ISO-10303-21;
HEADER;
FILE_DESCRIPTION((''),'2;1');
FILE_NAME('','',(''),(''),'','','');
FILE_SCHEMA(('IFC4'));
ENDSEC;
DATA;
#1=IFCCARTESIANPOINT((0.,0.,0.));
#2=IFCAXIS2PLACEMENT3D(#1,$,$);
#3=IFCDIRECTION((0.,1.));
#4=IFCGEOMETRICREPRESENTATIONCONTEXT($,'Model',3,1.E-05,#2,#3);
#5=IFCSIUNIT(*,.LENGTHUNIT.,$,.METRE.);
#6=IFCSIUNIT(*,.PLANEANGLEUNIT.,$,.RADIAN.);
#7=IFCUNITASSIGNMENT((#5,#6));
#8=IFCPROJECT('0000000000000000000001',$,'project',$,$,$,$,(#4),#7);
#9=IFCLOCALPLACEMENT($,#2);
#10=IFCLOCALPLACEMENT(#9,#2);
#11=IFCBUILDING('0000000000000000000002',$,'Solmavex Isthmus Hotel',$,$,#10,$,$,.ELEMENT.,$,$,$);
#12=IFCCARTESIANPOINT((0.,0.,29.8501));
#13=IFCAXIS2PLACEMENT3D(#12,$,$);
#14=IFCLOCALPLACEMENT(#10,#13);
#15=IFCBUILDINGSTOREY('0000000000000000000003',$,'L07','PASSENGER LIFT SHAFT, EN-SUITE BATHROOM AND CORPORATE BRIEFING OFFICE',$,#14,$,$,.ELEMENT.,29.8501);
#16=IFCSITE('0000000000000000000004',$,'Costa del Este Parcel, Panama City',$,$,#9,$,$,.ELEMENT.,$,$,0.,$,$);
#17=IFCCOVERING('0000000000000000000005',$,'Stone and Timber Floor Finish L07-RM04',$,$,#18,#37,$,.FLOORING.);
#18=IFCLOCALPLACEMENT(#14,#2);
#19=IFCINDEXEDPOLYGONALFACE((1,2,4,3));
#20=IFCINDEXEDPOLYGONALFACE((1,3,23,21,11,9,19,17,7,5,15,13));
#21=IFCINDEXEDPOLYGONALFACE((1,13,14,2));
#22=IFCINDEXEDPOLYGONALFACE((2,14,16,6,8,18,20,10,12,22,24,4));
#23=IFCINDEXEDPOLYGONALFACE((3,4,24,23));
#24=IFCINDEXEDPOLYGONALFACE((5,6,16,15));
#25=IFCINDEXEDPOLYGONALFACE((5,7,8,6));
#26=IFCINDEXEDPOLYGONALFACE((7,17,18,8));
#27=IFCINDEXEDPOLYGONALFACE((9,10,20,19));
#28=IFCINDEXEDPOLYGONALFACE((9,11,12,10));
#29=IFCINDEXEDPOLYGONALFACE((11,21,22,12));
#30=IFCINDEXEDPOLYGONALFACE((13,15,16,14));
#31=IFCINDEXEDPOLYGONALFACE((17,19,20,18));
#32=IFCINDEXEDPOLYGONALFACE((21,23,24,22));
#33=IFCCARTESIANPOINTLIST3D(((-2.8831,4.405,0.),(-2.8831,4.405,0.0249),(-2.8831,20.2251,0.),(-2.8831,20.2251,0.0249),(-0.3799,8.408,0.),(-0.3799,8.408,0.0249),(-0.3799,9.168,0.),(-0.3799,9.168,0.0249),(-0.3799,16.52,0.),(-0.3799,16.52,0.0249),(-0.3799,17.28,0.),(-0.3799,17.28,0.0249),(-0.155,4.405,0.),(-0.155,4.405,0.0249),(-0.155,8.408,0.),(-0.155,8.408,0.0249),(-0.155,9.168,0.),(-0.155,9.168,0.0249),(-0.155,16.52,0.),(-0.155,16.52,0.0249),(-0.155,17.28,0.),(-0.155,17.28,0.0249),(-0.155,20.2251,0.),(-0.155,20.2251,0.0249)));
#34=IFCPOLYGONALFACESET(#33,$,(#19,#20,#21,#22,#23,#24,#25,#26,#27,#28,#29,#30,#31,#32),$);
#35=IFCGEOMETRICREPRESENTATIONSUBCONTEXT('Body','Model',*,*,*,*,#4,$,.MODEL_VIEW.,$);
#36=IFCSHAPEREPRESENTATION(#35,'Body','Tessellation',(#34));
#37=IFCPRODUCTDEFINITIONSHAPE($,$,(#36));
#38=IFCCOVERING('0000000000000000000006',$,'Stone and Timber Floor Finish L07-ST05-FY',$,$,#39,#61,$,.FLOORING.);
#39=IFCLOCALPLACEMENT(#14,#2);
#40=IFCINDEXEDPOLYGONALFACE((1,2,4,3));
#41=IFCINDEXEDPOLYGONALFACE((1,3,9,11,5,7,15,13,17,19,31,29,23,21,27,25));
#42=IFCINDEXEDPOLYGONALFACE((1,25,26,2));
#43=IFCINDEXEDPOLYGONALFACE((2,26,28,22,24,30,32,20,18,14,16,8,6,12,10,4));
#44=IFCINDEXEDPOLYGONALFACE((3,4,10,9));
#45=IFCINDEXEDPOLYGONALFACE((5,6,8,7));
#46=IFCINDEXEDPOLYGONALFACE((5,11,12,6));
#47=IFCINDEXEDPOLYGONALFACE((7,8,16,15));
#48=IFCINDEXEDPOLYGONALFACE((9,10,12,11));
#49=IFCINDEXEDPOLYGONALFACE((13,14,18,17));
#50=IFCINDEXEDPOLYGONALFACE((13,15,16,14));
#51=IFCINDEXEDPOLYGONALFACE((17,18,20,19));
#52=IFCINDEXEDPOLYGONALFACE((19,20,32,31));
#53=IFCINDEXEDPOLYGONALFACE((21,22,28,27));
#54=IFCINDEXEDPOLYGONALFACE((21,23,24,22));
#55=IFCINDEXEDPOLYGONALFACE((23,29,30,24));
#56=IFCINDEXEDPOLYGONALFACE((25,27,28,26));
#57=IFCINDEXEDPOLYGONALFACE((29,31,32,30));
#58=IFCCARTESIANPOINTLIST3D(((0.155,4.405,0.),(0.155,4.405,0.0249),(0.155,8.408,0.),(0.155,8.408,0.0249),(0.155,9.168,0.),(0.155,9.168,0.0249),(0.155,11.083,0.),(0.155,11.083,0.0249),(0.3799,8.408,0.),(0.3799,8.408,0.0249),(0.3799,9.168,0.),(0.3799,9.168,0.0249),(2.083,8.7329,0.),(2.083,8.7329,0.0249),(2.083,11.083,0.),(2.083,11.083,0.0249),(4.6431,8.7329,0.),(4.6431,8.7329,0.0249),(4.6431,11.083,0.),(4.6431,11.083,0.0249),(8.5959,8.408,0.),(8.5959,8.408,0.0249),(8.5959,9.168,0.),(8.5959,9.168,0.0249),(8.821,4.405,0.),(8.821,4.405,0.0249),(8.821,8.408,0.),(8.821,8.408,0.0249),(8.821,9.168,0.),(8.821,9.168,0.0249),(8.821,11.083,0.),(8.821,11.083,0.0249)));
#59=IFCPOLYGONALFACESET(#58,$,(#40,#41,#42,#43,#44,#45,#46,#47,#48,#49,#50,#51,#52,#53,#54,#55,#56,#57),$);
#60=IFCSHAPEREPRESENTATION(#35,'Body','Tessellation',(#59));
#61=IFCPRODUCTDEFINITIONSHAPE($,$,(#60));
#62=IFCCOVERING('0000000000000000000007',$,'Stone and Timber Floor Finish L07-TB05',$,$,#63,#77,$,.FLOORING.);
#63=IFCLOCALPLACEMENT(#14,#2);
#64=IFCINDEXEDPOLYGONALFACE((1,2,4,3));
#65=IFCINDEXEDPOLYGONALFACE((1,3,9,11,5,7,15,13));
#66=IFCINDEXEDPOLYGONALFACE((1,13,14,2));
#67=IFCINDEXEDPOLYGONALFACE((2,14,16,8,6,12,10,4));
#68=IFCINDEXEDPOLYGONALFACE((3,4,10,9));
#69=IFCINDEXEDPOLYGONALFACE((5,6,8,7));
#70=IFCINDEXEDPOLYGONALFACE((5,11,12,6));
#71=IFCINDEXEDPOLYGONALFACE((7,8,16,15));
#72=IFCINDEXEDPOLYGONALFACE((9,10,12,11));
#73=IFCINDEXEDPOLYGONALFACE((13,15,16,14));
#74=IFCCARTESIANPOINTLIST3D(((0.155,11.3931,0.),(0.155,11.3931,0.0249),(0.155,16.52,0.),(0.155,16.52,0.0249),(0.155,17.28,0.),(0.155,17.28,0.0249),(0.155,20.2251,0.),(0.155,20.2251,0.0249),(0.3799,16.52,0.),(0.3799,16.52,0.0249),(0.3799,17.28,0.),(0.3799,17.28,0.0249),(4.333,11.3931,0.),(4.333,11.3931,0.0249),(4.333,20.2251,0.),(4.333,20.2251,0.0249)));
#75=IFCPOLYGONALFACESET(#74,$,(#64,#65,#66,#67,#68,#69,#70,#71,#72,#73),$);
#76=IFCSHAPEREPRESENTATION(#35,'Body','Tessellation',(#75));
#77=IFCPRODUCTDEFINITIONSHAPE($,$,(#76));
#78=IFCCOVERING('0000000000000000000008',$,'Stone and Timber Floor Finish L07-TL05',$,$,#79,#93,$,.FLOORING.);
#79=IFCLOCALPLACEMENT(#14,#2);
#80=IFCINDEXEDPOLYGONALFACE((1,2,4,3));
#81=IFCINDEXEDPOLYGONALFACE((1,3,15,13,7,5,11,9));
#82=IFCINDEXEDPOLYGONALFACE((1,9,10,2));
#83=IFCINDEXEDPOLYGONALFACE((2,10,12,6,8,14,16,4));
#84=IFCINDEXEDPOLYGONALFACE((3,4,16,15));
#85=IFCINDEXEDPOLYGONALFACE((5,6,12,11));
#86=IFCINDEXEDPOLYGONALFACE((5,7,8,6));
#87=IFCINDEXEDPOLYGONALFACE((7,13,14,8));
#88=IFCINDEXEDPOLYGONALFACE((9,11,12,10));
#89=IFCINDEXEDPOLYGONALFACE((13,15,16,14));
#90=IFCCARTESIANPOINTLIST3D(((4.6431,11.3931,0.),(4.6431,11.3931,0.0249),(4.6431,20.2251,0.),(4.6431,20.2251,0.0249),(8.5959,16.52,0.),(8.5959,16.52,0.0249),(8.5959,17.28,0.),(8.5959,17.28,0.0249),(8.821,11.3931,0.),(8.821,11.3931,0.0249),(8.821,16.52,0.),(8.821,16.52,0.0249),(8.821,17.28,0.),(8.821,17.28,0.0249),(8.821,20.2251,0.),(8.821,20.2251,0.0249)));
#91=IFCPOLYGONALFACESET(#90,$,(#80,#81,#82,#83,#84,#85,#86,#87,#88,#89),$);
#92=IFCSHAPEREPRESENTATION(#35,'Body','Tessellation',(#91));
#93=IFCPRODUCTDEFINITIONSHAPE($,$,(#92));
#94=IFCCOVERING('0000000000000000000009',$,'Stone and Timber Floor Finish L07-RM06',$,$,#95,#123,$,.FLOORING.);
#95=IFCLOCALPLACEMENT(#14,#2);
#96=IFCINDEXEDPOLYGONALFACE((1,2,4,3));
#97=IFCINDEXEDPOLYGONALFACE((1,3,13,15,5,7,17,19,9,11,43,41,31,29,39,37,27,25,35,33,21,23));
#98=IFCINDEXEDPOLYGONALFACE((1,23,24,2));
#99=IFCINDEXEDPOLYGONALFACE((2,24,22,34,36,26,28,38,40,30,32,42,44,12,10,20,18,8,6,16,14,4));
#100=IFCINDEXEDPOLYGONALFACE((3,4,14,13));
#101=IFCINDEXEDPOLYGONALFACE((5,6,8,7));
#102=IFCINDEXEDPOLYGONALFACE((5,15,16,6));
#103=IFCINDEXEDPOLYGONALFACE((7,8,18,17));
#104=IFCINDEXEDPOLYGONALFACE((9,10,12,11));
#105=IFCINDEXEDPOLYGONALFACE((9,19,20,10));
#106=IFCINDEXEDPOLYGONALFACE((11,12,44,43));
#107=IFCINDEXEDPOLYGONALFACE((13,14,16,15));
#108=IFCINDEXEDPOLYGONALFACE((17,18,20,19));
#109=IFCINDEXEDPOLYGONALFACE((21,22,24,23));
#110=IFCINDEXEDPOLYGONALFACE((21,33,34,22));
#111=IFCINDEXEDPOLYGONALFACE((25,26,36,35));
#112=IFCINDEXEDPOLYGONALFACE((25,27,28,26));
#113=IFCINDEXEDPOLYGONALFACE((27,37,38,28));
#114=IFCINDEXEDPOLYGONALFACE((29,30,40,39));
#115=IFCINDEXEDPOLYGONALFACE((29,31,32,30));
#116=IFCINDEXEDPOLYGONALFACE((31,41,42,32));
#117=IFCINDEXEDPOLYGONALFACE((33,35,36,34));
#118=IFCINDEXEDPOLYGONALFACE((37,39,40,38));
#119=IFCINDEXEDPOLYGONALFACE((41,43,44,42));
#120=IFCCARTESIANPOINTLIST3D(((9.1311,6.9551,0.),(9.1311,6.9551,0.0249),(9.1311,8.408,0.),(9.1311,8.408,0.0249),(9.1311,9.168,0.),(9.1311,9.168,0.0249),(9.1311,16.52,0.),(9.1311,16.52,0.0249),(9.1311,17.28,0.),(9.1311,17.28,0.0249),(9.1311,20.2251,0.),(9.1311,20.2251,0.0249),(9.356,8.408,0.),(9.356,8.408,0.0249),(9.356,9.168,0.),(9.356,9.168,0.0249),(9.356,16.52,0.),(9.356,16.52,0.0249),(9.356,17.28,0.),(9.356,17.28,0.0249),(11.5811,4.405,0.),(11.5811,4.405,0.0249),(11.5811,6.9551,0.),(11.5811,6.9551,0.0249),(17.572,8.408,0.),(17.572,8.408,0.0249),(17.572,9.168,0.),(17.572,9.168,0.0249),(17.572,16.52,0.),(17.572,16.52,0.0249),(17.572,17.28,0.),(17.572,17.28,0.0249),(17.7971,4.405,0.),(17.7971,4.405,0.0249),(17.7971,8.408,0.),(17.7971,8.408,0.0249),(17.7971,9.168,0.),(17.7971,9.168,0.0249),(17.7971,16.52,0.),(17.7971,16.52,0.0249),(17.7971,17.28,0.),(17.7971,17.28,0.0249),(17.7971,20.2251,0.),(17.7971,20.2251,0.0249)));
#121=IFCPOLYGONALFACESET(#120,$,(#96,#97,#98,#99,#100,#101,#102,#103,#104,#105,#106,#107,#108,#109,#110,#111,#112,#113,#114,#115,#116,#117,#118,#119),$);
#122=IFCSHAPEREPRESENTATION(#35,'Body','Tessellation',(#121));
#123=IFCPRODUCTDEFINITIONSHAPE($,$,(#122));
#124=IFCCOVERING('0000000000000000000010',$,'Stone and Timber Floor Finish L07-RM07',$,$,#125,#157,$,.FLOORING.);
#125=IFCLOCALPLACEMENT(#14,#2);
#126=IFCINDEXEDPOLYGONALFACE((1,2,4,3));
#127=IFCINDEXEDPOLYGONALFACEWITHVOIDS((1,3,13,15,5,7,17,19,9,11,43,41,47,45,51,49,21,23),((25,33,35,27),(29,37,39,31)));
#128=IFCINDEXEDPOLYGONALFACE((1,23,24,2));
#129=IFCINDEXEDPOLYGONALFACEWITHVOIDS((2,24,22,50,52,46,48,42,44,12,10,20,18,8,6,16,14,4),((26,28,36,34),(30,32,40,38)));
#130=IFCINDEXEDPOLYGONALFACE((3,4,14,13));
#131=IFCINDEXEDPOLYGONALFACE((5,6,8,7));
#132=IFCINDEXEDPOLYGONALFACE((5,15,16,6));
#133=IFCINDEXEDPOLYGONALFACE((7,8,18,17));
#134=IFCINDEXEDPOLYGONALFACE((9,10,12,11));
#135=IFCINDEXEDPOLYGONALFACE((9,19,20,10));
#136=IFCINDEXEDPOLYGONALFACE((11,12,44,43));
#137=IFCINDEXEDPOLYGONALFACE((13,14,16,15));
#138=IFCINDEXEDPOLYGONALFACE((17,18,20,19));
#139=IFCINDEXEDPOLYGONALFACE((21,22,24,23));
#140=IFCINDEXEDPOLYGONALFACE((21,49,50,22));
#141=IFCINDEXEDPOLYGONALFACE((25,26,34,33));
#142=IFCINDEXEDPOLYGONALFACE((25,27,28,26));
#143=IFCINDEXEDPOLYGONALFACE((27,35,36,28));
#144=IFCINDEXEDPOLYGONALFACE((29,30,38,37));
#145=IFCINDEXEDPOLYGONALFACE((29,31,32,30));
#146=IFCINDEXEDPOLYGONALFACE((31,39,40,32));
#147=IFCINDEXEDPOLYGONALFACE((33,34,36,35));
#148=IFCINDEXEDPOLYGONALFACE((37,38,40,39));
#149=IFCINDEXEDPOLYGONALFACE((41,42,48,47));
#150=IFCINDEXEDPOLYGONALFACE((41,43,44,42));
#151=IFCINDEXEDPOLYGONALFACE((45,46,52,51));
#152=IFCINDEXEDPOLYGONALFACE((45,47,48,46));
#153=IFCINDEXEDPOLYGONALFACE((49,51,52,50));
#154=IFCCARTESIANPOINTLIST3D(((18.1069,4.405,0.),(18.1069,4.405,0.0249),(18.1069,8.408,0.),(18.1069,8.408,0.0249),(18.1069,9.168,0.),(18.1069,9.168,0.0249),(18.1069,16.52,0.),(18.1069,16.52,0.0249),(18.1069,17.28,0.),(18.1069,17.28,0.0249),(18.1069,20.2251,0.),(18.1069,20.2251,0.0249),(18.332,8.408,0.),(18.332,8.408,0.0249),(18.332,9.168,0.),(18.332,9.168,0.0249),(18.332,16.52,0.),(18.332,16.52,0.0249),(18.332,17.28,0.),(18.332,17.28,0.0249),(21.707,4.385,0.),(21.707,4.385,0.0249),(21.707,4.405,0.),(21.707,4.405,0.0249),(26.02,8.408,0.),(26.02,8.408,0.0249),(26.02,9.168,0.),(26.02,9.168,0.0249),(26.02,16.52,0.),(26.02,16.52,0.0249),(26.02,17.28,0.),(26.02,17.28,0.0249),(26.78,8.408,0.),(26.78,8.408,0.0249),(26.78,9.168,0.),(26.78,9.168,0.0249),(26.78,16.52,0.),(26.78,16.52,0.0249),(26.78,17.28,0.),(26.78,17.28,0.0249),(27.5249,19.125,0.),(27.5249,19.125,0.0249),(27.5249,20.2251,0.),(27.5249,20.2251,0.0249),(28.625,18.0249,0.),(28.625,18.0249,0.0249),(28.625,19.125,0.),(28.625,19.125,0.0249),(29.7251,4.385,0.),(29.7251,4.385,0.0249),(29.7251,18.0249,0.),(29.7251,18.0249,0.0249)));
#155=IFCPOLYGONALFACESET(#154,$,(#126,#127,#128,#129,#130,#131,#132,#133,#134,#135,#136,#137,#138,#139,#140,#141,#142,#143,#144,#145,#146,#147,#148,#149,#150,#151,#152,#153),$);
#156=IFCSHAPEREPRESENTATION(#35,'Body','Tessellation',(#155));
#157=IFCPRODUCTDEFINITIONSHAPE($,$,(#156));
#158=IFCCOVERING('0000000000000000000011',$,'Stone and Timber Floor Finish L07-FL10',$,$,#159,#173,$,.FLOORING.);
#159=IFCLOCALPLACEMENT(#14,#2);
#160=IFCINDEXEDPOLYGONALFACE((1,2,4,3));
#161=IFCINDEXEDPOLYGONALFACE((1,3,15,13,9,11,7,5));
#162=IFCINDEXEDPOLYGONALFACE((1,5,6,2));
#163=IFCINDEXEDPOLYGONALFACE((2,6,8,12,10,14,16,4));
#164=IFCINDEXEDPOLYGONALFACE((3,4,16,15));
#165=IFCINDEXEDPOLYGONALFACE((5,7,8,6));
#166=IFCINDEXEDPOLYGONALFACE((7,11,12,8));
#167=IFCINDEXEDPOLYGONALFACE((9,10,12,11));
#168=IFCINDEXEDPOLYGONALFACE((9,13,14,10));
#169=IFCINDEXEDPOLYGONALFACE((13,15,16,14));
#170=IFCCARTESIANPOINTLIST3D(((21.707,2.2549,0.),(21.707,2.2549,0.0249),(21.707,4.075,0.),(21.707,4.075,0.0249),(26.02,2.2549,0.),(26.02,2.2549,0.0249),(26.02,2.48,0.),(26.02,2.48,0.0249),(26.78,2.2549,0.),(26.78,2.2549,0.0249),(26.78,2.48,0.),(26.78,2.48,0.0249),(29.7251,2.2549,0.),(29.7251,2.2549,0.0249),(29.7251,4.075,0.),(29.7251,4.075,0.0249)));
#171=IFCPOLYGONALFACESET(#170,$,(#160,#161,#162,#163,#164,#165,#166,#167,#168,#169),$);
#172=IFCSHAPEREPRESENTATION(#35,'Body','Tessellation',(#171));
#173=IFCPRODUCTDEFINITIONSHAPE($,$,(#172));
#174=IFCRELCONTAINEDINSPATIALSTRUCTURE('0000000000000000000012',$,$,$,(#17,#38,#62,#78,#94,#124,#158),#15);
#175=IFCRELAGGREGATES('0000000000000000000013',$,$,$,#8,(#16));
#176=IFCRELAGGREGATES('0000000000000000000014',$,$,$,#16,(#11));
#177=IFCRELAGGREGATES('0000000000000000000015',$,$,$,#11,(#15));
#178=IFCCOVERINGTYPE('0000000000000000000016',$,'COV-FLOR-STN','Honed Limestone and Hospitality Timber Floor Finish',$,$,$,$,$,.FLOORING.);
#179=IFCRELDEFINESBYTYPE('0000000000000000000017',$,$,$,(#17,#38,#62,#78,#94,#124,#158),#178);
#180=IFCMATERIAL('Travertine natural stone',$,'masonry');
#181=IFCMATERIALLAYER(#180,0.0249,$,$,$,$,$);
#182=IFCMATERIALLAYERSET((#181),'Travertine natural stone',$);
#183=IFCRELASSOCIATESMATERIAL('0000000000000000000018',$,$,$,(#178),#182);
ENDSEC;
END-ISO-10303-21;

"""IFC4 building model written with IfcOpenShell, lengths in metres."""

from ifc_helpers import new_model, si_unit, direction, frame, origin, place, context, subcontext, project, spatial, polyline, outline, extrude, material, layer, layer_set, type_object, element, save


model = new_model("IFC4")

# Units and contexts
model_context = context("Model", 3, precision=1e-05, world=origin(), true_north=direction((0.0, 1.0)))
body_context = subcontext(model_context, "Body", "Model", "MODEL_VIEW")
ifc_project = project(units=[si_unit("LENGTHUNIT", "METRE"), si_unit("PLANEANGLEUNIT", "RADIAN")], contexts=[model_context])

# Site, building, storey
site_placement = place(None, origin())
site = spatial("IfcSite", under=ifc_project, at=site_placement, Name="Costa del Este Parcel, Panama City", CompositionType="ELEMENT", RefElevation=0.0)
building_placement = place(site_placement, origin())
building = spatial("IfcBuilding", under=site, at=building_placement, Name="Solmavex Isthmus Hotel", CompositionType="ELEMENT")
storey_placement = place(building_placement, frame((0.0, 0.0, 29.8501)))
storey = spatial("IfcBuildingStorey", under=building, at=storey_placement, Name="L07", Description="PASSENGER LIFT SHAFT, EN-SUITE BATHROOM AND CORPORATE BRIEFING OFFICE", CompositionType="ELEMENT", Elevation=29.8501)

# Coverings
ifc_material_1 = material(Name="Travertine natural stone", Category="masonry")
ifc_layer_1 = layer(ifc_material_1, 0.0249)
ifc_layer_set_1 = layer_set([ifc_layer_1], Name="Travertine natural stone")
covering_type_1 = type_object("IfcCoveringType", Name="COV-FLOR-STN", Description="Honed Limestone and Hospitality Timber Floor Finish", PredefinedType="FLOORING", material=ifc_layer_set_1)
covering_1_placement = place(storey_placement, origin())
element("IfcCovering", 1, at=covering_1_placement, inside=storey, type_object=covering_type_1, Name="Stone and Timber Floor Finish L07-RM04", PredefinedType="FLOORING", context=body_context, shape_type="SweptSolid", body=[
    extrude(outline(polyline([(-0.155, 16.52), (-0.3799, 16.52), (-0.3799, 17.28), (-0.155, 17.28), (-0.155, 20.2251), (-2.8831, 20.2251), (-2.8831, 4.405), (-0.155, 4.405), (-0.155, 8.408), (-0.3799, 8.408), (-0.3799, 9.168), (-0.155, 9.168), (-0.155, 16.52)])), origin(), (0.0, 0.0, 1.0), 0.0249),
])
covering_2_placement = place(storey_placement, origin())
element("IfcCovering", 2, at=covering_2_placement, inside=storey, type_object=covering_type_1, Name="Stone and Timber Floor Finish L07-ST05-FY", PredefinedType="FLOORING", context=body_context, shape_type="SweptSolid", body=[
    extrude(outline(polyline([(8.821, 8.408), (8.5959, 8.408), (8.5959, 9.168), (8.821, 9.168), (8.821, 11.083), (4.6431, 11.083), (4.6431, 8.7329), (2.083, 8.7329), (2.083, 11.083), (0.155, 11.083), (0.155, 9.168), (0.3799, 9.168), (0.3799, 8.408), (0.155, 8.408), (0.155, 4.405), (8.821, 4.405), (8.821, 8.408)])), origin(), (0.0, 0.0, 1.0), 0.0249),
])
covering_3_placement = place(storey_placement, origin())
element("IfcCovering", 3, at=covering_3_placement, inside=storey, type_object=covering_type_1, Name="Stone and Timber Floor Finish L07-TB05", PredefinedType="FLOORING", context=body_context, shape_type="SweptSolid", body=[
    extrude(outline(polyline([(0.155, 17.28), (0.3799, 17.28), (0.3799, 16.52), (0.155, 16.52), (0.155, 11.3931), (4.333, 11.3931), (4.333, 20.2251), (0.155, 20.2251), (0.155, 17.28)])), origin(), (0.0, 0.0, 1.0), 0.0249),
])
covering_4_placement = place(storey_placement, origin())
element("IfcCovering", 4, at=covering_4_placement, inside=storey, type_object=covering_type_1, Name="Stone and Timber Floor Finish L07-TL05", PredefinedType="FLOORING", context=body_context, shape_type="SweptSolid", body=[
    extrude(outline(polyline([(8.821, 16.52), (8.5959, 16.52), (8.5959, 17.28), (8.821, 17.28), (8.821, 20.2251), (4.6431, 20.2251), (4.6431, 11.3931), (8.821, 11.3931), (8.821, 16.52)])), origin(), (0.0, 0.0, 1.0), 0.0249),
])
covering_5_placement = place(storey_placement, origin())
element("IfcCovering", 5, at=covering_5_placement, inside=storey, type_object=covering_type_1, Name="Stone and Timber Floor Finish L07-RM06", PredefinedType="FLOORING", context=body_context, shape_type="SweptSolid", body=[
    extrude(outline(polyline([(9.1311, 9.168), (9.356, 9.168), (9.356, 8.408), (9.1311, 8.408), (9.1311, 6.9551), (11.5811, 6.9551), (11.5811, 4.405), (17.7971, 4.405), (17.7971, 8.408), (17.572, 8.408), (17.572, 9.168), (17.7971, 9.168), (17.7971, 16.52), (17.572, 16.52), (17.572, 17.28), (17.7971, 17.28), (17.7971, 20.2251), (9.1311, 20.2251), (9.1311, 17.28), (9.356, 17.28), (9.356, 16.52), (9.1311, 16.52), (9.1311, 9.168)])), origin(), (0.0, 0.0, 1.0), 0.0249),
])
covering_6_placement = place(storey_placement, origin())
element("IfcCovering", 6, at=covering_6_placement, inside=storey, type_object=covering_type_1, Name="Stone and Timber Floor Finish L07-RM07", PredefinedType="FLOORING", context=body_context, shape_type="SweptSolid", body=[
    extrude(outline(polyline([(18.1069, 9.168), (18.332, 9.168), (18.332, 8.408), (18.1069, 8.408), (18.1069, 4.405), (21.707, 4.405), (21.707, 4.385), (29.7251, 4.385), (29.7251, 18.0249), (28.625, 18.0249), (28.625, 19.125), (27.5249, 19.125), (27.5249, 20.2251), (18.1069, 20.2251), (18.1069, 17.28), (18.332, 17.28), (18.332, 16.52), (18.1069, 16.52), (18.1069, 9.168)]), holes=[polyline([(26.02, 8.408), (26.02, 9.168), (26.78, 9.168), (26.78, 8.408), (26.02, 8.408)]), polyline([(26.02, 16.52), (26.02, 17.28), (26.78, 17.28), (26.78, 16.52), (26.02, 16.52)])]), origin(), (0.0, 0.0, 1.0), 0.0249),
])
covering_7_placement = place(storey_placement, origin())
element("IfcCovering", 7, at=covering_7_placement, inside=storey, type_object=covering_type_1, Name="Stone and Timber Floor Finish L07-FL10", PredefinedType="FLOORING", context=body_context, shape_type="SweptSolid", body=[
    extrude(outline(polyline([(26.02, 2.2549), (26.02, 2.48), (26.78, 2.48), (26.78, 2.2549), (29.7251, 2.2549), (29.7251, 4.075), (21.707, 4.075), (21.707, 2.2549), (26.02, 2.2549)])), origin(), (0.0, 0.0, 1.0), 0.0249),
])

save(model, "model.ifc")
